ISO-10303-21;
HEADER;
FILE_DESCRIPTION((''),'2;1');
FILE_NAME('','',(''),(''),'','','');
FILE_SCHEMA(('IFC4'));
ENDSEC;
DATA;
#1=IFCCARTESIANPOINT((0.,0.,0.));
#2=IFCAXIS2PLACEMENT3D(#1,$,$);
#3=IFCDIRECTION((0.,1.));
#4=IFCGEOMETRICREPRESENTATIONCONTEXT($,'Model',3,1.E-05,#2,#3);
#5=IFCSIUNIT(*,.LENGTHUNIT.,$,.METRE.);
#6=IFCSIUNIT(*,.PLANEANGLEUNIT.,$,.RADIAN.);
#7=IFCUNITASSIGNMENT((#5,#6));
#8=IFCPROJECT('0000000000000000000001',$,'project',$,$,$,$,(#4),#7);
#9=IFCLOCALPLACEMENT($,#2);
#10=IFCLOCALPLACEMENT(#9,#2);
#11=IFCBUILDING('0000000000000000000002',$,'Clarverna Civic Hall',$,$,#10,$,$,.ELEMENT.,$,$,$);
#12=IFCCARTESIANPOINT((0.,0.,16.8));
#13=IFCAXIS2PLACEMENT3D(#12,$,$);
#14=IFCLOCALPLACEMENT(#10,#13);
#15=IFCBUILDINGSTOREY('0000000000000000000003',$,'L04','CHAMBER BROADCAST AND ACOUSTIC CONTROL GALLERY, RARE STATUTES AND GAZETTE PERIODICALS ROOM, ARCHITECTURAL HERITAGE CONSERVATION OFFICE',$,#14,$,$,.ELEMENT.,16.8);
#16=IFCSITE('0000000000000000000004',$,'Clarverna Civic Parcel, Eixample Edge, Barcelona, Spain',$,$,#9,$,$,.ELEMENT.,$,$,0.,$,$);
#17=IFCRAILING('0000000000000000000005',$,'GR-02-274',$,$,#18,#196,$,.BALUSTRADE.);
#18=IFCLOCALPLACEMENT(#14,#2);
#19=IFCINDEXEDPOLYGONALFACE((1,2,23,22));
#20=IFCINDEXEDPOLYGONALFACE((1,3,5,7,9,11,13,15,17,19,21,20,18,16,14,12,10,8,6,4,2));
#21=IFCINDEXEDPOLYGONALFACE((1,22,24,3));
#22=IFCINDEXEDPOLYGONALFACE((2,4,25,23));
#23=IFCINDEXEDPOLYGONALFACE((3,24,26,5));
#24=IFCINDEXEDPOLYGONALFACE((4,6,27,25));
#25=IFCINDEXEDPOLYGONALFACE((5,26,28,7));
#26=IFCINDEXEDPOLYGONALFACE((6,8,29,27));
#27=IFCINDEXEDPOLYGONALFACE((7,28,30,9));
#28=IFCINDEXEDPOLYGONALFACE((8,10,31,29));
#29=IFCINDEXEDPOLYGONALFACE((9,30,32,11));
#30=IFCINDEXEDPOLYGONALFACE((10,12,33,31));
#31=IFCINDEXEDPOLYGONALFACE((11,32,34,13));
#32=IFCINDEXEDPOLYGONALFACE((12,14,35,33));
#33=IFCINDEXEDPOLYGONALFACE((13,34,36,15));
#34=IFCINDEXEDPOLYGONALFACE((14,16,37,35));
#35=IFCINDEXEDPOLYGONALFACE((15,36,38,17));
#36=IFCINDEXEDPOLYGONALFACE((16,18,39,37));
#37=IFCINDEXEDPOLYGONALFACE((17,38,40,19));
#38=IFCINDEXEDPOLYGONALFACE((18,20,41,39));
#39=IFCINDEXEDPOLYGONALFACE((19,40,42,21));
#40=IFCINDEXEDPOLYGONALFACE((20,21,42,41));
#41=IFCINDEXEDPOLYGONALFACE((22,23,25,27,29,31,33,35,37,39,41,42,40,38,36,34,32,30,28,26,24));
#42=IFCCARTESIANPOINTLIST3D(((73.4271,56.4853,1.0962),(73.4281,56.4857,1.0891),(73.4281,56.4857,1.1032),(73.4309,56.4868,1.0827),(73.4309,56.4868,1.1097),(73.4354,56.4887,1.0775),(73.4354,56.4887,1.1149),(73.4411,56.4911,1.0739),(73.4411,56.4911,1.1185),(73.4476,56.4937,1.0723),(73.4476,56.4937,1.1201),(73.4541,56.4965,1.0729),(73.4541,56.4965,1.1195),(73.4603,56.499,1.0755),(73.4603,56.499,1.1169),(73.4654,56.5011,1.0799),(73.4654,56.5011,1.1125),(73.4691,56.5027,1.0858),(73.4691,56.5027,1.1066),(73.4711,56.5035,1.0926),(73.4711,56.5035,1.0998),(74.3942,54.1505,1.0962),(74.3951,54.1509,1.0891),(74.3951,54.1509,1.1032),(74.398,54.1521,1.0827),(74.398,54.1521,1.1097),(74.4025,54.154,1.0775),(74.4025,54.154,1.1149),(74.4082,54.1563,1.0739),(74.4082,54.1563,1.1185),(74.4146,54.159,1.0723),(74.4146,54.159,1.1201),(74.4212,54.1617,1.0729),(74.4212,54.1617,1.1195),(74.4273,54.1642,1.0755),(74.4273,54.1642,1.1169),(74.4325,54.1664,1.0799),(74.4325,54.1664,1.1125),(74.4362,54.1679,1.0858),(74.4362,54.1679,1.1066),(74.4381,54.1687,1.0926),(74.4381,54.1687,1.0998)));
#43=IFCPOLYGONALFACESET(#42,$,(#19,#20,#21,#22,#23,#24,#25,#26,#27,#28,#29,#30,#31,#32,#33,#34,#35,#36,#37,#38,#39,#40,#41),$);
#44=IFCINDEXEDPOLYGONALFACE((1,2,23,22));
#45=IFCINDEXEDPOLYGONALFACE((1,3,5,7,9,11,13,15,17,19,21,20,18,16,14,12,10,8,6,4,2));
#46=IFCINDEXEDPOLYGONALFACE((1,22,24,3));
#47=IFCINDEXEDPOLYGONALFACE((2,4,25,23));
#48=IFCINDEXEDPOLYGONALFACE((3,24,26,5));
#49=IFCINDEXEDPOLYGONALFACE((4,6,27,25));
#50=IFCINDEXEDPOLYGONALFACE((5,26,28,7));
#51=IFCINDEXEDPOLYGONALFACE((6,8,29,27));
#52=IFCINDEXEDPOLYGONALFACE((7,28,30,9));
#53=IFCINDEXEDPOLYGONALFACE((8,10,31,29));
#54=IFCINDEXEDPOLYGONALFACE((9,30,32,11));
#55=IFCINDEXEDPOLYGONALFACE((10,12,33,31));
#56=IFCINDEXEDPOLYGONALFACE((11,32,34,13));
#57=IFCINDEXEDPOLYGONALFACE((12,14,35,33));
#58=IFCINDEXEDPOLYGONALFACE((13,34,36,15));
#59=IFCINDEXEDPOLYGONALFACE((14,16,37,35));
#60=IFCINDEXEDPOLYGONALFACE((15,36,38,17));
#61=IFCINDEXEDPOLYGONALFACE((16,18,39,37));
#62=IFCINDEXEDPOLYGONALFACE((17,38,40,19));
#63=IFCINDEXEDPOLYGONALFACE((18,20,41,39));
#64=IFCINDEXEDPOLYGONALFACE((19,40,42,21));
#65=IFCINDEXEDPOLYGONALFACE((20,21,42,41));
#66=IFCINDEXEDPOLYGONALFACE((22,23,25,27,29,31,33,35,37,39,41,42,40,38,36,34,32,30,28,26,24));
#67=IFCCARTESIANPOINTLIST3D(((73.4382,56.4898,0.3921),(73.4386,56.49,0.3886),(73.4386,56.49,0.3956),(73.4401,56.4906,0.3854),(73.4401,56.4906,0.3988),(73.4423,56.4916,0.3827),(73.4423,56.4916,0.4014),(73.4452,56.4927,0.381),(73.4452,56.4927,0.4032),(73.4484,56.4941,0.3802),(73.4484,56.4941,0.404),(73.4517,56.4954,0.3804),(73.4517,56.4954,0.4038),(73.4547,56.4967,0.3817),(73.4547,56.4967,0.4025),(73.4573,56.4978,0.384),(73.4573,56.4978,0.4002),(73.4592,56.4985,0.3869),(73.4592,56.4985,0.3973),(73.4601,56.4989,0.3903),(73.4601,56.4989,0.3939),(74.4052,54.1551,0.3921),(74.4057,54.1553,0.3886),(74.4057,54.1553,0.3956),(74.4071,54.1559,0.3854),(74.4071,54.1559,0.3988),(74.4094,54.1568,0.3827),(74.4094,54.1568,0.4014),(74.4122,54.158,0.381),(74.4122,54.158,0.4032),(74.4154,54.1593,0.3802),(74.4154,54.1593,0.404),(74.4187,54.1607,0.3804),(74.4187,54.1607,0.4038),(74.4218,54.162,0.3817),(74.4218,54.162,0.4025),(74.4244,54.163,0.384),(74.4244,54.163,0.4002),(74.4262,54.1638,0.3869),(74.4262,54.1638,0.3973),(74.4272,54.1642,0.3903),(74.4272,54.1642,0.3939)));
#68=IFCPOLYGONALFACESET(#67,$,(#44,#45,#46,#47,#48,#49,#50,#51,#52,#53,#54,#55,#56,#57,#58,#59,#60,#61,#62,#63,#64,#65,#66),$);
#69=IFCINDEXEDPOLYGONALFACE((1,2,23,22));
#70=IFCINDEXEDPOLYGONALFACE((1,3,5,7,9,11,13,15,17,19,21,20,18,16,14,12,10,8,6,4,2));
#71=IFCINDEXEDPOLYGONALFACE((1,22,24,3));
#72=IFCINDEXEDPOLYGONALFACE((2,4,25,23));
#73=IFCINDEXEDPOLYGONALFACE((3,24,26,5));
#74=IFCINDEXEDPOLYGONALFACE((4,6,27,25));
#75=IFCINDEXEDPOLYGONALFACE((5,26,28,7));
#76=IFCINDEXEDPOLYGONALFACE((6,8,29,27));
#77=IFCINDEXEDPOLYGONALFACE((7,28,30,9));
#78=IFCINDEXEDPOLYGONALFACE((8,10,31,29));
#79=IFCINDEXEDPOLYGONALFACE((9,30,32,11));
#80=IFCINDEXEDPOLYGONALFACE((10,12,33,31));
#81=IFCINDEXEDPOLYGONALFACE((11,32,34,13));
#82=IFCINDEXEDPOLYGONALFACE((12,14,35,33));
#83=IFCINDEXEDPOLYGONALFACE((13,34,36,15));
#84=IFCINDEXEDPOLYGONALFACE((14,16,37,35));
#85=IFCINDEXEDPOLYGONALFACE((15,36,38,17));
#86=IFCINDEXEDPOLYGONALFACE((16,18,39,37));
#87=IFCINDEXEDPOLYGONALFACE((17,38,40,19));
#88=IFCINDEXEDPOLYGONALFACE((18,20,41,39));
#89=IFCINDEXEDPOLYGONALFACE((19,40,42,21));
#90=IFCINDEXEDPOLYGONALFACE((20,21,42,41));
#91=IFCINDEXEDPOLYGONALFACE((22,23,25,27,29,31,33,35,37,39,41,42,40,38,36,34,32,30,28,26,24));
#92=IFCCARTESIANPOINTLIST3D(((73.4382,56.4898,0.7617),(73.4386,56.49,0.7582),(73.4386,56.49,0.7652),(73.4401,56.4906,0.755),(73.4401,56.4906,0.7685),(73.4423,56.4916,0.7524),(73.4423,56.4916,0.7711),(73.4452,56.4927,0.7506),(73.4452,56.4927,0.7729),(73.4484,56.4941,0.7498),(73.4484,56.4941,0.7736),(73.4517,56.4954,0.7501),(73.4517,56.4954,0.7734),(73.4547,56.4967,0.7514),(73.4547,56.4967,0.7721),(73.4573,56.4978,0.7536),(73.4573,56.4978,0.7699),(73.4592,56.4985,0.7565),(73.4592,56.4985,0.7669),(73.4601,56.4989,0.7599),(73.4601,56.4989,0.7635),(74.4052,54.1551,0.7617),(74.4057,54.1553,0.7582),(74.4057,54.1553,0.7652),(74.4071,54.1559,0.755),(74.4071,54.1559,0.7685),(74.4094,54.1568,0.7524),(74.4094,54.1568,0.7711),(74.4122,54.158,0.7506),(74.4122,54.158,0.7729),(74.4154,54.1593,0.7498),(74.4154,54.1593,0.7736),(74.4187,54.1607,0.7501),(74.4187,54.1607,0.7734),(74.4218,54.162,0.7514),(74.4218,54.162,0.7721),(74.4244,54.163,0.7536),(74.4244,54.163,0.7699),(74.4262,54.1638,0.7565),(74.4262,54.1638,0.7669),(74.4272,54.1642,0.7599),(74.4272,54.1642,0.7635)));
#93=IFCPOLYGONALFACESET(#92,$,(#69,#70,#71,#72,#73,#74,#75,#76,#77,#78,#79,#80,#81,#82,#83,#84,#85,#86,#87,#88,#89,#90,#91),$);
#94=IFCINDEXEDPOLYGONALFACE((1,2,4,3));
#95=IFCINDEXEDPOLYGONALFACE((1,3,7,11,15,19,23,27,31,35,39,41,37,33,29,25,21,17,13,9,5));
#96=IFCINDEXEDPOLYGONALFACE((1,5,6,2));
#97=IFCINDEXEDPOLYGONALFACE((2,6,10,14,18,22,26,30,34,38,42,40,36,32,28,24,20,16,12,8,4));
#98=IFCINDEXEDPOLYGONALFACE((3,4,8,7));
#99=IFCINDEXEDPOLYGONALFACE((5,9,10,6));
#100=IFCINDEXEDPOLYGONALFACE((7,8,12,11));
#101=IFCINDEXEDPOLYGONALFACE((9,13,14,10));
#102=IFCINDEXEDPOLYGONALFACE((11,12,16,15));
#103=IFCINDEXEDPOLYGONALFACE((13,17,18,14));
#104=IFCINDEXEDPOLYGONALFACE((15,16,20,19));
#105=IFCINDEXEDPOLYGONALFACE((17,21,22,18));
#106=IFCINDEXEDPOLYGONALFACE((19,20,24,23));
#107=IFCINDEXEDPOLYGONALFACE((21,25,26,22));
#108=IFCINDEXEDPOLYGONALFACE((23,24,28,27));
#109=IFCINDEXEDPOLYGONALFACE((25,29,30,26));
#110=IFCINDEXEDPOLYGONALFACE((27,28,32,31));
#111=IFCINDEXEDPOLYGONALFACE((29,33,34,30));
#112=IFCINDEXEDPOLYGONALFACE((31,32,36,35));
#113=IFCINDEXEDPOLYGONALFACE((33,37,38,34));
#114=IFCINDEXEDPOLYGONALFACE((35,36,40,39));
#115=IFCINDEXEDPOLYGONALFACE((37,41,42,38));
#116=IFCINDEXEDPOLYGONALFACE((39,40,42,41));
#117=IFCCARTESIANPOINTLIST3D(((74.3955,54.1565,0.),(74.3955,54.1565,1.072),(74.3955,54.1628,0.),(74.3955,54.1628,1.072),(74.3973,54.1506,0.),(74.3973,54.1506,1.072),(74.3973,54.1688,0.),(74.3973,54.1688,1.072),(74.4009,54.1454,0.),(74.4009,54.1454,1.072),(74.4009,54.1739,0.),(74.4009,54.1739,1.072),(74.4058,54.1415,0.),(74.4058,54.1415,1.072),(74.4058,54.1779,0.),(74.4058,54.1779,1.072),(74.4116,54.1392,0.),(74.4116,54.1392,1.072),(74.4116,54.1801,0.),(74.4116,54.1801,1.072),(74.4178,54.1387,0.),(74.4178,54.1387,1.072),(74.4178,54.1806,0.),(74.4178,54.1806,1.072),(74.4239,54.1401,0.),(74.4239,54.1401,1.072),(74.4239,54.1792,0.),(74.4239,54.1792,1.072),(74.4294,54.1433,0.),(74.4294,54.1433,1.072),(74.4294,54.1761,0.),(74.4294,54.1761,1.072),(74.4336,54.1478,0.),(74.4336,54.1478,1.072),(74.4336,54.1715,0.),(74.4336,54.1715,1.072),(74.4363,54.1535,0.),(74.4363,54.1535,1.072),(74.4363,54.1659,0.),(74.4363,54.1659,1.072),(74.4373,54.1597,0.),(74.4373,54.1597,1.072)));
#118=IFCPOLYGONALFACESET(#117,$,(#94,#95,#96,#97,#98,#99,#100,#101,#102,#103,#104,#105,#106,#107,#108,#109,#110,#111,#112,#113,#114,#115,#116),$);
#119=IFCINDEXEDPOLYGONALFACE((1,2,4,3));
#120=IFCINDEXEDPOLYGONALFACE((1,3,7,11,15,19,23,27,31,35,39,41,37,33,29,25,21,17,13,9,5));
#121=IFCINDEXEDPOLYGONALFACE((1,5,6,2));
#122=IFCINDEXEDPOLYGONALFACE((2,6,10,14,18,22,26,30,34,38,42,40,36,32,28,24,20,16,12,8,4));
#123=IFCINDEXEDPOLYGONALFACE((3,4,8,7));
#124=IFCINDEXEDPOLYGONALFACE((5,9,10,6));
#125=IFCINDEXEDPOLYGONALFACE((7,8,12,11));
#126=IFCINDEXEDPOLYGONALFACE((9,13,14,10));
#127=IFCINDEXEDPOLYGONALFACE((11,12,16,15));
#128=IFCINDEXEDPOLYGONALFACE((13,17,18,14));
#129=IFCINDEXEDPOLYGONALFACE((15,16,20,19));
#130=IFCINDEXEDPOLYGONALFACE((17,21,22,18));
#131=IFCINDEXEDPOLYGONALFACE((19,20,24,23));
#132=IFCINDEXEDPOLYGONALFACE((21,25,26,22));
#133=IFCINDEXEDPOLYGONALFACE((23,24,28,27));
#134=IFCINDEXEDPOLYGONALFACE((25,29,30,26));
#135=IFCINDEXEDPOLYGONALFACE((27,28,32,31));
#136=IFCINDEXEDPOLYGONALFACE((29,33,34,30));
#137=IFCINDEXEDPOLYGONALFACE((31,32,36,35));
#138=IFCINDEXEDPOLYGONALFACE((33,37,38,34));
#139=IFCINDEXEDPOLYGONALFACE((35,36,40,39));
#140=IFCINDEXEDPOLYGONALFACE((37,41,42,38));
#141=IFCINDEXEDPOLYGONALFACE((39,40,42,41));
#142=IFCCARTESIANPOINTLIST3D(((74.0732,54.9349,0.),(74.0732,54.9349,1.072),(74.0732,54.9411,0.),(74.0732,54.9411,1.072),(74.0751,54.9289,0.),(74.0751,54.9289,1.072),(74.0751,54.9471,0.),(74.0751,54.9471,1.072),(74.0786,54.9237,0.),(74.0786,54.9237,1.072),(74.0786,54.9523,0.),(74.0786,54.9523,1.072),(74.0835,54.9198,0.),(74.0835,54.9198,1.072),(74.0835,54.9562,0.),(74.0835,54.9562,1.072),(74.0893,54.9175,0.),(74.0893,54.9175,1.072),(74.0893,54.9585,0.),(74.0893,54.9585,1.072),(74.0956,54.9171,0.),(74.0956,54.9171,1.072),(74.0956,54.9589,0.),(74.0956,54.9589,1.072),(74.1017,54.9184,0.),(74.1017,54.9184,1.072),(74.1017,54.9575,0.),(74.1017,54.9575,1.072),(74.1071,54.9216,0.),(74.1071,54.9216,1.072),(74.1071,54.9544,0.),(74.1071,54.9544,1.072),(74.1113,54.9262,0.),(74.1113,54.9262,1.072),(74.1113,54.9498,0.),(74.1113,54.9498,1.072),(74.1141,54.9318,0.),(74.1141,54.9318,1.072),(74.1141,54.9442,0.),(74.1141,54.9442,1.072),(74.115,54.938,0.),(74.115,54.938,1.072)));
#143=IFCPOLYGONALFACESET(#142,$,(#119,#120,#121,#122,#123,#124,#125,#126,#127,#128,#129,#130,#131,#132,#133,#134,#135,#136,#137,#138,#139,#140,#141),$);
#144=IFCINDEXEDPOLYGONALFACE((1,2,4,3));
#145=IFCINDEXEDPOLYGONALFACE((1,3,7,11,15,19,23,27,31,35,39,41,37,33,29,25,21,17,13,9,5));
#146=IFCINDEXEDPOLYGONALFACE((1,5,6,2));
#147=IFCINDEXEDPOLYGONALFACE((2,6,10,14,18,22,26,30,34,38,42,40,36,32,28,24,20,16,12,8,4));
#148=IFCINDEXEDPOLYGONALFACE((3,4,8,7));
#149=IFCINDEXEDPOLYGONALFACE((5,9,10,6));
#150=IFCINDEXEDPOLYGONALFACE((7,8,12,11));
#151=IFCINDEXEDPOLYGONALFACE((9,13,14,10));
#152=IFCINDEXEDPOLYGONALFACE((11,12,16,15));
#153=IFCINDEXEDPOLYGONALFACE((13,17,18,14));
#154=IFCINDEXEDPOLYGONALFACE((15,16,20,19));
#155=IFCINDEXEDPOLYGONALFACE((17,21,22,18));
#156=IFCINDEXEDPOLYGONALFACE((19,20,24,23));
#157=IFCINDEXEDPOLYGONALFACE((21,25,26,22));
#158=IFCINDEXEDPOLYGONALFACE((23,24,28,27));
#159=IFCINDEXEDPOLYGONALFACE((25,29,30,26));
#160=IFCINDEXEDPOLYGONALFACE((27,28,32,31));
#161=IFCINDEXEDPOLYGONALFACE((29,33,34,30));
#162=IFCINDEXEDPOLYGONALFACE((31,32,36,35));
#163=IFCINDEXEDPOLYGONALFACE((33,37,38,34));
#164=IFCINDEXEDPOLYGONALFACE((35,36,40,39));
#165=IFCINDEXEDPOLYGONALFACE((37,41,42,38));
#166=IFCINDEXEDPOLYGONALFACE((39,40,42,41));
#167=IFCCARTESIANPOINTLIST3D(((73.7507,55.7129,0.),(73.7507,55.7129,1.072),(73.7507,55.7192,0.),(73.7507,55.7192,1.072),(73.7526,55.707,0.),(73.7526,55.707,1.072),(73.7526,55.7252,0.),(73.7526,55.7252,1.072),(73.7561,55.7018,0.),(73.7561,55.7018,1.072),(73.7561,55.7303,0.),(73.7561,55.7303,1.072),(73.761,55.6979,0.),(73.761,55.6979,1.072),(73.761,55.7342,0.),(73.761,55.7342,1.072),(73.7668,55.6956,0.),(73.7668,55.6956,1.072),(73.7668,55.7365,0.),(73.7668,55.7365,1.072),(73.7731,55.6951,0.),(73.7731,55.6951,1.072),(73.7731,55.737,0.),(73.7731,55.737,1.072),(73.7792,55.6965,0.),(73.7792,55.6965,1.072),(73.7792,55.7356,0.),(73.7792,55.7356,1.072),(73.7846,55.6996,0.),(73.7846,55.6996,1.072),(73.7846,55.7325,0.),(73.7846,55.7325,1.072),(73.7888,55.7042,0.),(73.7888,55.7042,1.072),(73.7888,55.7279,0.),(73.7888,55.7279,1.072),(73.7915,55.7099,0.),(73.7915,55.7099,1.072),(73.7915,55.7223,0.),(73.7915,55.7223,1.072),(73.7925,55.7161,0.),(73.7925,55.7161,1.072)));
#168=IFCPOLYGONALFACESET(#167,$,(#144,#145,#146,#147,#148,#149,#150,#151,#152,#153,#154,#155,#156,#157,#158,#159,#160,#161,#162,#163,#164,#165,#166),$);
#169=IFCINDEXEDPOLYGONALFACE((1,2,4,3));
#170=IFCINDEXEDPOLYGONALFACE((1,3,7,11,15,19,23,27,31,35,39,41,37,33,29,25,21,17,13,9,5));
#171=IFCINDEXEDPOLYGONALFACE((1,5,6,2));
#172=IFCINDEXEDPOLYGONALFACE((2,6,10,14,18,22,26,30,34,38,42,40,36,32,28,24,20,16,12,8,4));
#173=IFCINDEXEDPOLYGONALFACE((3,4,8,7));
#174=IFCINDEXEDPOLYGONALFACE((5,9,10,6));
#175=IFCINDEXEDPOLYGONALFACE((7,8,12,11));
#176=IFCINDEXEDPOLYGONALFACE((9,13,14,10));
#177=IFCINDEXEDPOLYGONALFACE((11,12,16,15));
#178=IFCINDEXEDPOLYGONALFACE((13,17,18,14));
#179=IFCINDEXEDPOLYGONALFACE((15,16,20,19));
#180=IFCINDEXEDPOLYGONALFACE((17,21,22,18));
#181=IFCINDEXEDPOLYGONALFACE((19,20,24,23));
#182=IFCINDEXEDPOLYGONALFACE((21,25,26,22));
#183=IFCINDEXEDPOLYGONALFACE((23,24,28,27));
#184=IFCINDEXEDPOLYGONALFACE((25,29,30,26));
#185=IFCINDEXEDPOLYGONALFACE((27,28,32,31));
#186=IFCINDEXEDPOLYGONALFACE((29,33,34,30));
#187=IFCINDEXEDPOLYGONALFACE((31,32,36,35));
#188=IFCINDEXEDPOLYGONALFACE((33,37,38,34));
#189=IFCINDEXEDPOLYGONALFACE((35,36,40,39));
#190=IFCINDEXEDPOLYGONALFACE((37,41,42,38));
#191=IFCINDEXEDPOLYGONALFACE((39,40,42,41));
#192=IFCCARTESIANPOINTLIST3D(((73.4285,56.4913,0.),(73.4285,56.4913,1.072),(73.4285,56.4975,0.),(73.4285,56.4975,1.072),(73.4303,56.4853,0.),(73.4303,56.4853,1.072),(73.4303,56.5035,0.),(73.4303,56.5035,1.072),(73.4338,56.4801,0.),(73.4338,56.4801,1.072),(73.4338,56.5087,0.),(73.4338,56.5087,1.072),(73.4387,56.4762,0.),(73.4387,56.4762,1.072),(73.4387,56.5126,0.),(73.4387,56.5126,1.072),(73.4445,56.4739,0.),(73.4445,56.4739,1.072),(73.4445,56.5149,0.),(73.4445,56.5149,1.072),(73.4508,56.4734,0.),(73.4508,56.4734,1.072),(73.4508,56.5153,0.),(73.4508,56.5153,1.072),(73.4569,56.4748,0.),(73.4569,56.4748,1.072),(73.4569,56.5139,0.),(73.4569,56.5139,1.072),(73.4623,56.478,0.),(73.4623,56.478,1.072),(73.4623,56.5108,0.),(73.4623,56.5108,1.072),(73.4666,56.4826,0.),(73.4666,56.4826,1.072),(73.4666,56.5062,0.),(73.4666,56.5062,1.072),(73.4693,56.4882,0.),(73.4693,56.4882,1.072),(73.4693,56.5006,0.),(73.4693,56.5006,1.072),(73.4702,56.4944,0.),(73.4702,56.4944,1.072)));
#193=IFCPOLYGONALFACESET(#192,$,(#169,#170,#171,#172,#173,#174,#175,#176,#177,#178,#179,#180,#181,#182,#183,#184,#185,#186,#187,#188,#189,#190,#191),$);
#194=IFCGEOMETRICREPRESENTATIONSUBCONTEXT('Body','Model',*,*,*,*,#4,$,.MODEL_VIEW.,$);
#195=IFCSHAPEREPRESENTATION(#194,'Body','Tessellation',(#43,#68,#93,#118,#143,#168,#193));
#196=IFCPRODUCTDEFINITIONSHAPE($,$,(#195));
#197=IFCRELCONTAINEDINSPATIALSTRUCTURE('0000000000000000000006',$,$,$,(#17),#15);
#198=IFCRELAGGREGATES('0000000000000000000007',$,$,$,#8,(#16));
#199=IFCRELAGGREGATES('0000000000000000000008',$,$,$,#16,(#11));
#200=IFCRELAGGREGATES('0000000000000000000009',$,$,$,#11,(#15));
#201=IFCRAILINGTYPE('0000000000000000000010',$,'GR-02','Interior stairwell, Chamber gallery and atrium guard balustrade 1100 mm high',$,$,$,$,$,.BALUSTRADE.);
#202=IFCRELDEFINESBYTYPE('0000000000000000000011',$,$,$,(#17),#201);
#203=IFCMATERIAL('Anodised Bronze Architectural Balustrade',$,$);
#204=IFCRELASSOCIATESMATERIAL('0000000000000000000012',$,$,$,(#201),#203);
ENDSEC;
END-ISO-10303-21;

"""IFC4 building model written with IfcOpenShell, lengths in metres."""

from ifc_helpers import new_model, si_unit, direction, frame, origin, origin_2d, place, context, subcontext, project, spatial, circle, extrude, material, type_object, element, save


model = new_model("IFC4")

# Units and contexts
model_context = context("Model", 3, precision=1e-05, world=origin(), true_north=direction((0.0, 1.0)))
body_context = subcontext(model_context, "Body", "Model", "MODEL_VIEW")
ifc_project = project(units=[si_unit("LENGTHUNIT", "METRE"), si_unit("PLANEANGLEUNIT", "RADIAN")], contexts=[model_context])

# Site, building, storey
site_placement = place(None, origin())
site = spatial("IfcSite", under=ifc_project, at=site_placement, Name="Clarverna Civic Parcel, Eixample Edge, Barcelona, Spain", CompositionType="ELEMENT", RefElevation=0.0)
building_placement = place(site_placement, origin())
building = spatial("IfcBuilding", under=site, at=building_placement, Name="Clarverna Civic Hall", CompositionType="ELEMENT")
storey_placement = place(building_placement, frame((0.0, 0.0, 16.8)))
storey = spatial("IfcBuildingStorey", under=building, at=storey_placement, Name="L04", Description="CHAMBER BROADCAST AND ACOUSTIC CONTROL GALLERY, RARE STATUTES AND GAZETTE PERIODICALS ROOM, ARCHITECTURAL HERITAGE CONSERVATION OFFICE", CompositionType="ELEMENT", Elevation=16.8)

# Railing
ifc_material_1 = material(Name="Anodised Bronze Architectural Balustrade")
railing_type = type_object("IfcRailingType", Name="GR-02", Description="Interior stairwell, Chamber gallery and atrium guard balustrade 1100 mm high", PredefinedType="BALUSTRADE", material=ifc_material_1)
railing_1_placement = place(storey_placement, frame((74.4163, 54.1597, 0.0)))
element("IfcRailing", 1, at=railing_1_placement, inside=storey, type_object=railing_type, Name="GR-02-274", PredefinedType="BALUSTRADE", context=body_context, shape_type="SweptSolid", body=[
    extrude(circle(Radius=0.0239, at=origin_2d()), frame((0.0, 0.0, 1.0962), z_axis=(-0.382673, 0.923884, 0.0), x_axis=(-0.923884, -0.382673, 0.0)), (0.0, 0.0, 1.0), 2.5271),
    extrude(circle(Radius=0.012, at=origin_2d()), frame((0.0, 0.0, 0.3921), z_axis=(-0.382673, 0.923884, 0.0), x_axis=(-0.923884, -0.382673, 0.0)), (0.0, 0.0, 1.0), 2.5271),
    extrude(circle(Radius=0.012, at=origin_2d()), frame((0.0, 0.0, 0.7617), z_axis=(-0.382673, 0.923884, 0.0), x_axis=(-0.923884, -0.382673, 0.0)), (0.0, 0.0, 1.0), 2.5271),
    extrude(circle(Radius=0.021, at=origin_2d()), origin(), (0.0, 0.0, 1.0), 1.072),
    extrude(circle(Radius=0.021, at=origin_2d()), frame((-0.3223, 0.7783, 0.0)), (0.0, 0.0, 1.0), 1.072),
    extrude(circle(Radius=0.021, at=origin_2d()), frame((-0.6448, 1.5564, 0.0)), (0.0, 0.0, 1.0), 1.072),
    extrude(circle(Radius=0.021, at=origin_2d()), frame((-0.967, 2.3347, 0.0)), (0.0, 0.0, 1.0), 1.072),
])

save(model, "model.ifc")
